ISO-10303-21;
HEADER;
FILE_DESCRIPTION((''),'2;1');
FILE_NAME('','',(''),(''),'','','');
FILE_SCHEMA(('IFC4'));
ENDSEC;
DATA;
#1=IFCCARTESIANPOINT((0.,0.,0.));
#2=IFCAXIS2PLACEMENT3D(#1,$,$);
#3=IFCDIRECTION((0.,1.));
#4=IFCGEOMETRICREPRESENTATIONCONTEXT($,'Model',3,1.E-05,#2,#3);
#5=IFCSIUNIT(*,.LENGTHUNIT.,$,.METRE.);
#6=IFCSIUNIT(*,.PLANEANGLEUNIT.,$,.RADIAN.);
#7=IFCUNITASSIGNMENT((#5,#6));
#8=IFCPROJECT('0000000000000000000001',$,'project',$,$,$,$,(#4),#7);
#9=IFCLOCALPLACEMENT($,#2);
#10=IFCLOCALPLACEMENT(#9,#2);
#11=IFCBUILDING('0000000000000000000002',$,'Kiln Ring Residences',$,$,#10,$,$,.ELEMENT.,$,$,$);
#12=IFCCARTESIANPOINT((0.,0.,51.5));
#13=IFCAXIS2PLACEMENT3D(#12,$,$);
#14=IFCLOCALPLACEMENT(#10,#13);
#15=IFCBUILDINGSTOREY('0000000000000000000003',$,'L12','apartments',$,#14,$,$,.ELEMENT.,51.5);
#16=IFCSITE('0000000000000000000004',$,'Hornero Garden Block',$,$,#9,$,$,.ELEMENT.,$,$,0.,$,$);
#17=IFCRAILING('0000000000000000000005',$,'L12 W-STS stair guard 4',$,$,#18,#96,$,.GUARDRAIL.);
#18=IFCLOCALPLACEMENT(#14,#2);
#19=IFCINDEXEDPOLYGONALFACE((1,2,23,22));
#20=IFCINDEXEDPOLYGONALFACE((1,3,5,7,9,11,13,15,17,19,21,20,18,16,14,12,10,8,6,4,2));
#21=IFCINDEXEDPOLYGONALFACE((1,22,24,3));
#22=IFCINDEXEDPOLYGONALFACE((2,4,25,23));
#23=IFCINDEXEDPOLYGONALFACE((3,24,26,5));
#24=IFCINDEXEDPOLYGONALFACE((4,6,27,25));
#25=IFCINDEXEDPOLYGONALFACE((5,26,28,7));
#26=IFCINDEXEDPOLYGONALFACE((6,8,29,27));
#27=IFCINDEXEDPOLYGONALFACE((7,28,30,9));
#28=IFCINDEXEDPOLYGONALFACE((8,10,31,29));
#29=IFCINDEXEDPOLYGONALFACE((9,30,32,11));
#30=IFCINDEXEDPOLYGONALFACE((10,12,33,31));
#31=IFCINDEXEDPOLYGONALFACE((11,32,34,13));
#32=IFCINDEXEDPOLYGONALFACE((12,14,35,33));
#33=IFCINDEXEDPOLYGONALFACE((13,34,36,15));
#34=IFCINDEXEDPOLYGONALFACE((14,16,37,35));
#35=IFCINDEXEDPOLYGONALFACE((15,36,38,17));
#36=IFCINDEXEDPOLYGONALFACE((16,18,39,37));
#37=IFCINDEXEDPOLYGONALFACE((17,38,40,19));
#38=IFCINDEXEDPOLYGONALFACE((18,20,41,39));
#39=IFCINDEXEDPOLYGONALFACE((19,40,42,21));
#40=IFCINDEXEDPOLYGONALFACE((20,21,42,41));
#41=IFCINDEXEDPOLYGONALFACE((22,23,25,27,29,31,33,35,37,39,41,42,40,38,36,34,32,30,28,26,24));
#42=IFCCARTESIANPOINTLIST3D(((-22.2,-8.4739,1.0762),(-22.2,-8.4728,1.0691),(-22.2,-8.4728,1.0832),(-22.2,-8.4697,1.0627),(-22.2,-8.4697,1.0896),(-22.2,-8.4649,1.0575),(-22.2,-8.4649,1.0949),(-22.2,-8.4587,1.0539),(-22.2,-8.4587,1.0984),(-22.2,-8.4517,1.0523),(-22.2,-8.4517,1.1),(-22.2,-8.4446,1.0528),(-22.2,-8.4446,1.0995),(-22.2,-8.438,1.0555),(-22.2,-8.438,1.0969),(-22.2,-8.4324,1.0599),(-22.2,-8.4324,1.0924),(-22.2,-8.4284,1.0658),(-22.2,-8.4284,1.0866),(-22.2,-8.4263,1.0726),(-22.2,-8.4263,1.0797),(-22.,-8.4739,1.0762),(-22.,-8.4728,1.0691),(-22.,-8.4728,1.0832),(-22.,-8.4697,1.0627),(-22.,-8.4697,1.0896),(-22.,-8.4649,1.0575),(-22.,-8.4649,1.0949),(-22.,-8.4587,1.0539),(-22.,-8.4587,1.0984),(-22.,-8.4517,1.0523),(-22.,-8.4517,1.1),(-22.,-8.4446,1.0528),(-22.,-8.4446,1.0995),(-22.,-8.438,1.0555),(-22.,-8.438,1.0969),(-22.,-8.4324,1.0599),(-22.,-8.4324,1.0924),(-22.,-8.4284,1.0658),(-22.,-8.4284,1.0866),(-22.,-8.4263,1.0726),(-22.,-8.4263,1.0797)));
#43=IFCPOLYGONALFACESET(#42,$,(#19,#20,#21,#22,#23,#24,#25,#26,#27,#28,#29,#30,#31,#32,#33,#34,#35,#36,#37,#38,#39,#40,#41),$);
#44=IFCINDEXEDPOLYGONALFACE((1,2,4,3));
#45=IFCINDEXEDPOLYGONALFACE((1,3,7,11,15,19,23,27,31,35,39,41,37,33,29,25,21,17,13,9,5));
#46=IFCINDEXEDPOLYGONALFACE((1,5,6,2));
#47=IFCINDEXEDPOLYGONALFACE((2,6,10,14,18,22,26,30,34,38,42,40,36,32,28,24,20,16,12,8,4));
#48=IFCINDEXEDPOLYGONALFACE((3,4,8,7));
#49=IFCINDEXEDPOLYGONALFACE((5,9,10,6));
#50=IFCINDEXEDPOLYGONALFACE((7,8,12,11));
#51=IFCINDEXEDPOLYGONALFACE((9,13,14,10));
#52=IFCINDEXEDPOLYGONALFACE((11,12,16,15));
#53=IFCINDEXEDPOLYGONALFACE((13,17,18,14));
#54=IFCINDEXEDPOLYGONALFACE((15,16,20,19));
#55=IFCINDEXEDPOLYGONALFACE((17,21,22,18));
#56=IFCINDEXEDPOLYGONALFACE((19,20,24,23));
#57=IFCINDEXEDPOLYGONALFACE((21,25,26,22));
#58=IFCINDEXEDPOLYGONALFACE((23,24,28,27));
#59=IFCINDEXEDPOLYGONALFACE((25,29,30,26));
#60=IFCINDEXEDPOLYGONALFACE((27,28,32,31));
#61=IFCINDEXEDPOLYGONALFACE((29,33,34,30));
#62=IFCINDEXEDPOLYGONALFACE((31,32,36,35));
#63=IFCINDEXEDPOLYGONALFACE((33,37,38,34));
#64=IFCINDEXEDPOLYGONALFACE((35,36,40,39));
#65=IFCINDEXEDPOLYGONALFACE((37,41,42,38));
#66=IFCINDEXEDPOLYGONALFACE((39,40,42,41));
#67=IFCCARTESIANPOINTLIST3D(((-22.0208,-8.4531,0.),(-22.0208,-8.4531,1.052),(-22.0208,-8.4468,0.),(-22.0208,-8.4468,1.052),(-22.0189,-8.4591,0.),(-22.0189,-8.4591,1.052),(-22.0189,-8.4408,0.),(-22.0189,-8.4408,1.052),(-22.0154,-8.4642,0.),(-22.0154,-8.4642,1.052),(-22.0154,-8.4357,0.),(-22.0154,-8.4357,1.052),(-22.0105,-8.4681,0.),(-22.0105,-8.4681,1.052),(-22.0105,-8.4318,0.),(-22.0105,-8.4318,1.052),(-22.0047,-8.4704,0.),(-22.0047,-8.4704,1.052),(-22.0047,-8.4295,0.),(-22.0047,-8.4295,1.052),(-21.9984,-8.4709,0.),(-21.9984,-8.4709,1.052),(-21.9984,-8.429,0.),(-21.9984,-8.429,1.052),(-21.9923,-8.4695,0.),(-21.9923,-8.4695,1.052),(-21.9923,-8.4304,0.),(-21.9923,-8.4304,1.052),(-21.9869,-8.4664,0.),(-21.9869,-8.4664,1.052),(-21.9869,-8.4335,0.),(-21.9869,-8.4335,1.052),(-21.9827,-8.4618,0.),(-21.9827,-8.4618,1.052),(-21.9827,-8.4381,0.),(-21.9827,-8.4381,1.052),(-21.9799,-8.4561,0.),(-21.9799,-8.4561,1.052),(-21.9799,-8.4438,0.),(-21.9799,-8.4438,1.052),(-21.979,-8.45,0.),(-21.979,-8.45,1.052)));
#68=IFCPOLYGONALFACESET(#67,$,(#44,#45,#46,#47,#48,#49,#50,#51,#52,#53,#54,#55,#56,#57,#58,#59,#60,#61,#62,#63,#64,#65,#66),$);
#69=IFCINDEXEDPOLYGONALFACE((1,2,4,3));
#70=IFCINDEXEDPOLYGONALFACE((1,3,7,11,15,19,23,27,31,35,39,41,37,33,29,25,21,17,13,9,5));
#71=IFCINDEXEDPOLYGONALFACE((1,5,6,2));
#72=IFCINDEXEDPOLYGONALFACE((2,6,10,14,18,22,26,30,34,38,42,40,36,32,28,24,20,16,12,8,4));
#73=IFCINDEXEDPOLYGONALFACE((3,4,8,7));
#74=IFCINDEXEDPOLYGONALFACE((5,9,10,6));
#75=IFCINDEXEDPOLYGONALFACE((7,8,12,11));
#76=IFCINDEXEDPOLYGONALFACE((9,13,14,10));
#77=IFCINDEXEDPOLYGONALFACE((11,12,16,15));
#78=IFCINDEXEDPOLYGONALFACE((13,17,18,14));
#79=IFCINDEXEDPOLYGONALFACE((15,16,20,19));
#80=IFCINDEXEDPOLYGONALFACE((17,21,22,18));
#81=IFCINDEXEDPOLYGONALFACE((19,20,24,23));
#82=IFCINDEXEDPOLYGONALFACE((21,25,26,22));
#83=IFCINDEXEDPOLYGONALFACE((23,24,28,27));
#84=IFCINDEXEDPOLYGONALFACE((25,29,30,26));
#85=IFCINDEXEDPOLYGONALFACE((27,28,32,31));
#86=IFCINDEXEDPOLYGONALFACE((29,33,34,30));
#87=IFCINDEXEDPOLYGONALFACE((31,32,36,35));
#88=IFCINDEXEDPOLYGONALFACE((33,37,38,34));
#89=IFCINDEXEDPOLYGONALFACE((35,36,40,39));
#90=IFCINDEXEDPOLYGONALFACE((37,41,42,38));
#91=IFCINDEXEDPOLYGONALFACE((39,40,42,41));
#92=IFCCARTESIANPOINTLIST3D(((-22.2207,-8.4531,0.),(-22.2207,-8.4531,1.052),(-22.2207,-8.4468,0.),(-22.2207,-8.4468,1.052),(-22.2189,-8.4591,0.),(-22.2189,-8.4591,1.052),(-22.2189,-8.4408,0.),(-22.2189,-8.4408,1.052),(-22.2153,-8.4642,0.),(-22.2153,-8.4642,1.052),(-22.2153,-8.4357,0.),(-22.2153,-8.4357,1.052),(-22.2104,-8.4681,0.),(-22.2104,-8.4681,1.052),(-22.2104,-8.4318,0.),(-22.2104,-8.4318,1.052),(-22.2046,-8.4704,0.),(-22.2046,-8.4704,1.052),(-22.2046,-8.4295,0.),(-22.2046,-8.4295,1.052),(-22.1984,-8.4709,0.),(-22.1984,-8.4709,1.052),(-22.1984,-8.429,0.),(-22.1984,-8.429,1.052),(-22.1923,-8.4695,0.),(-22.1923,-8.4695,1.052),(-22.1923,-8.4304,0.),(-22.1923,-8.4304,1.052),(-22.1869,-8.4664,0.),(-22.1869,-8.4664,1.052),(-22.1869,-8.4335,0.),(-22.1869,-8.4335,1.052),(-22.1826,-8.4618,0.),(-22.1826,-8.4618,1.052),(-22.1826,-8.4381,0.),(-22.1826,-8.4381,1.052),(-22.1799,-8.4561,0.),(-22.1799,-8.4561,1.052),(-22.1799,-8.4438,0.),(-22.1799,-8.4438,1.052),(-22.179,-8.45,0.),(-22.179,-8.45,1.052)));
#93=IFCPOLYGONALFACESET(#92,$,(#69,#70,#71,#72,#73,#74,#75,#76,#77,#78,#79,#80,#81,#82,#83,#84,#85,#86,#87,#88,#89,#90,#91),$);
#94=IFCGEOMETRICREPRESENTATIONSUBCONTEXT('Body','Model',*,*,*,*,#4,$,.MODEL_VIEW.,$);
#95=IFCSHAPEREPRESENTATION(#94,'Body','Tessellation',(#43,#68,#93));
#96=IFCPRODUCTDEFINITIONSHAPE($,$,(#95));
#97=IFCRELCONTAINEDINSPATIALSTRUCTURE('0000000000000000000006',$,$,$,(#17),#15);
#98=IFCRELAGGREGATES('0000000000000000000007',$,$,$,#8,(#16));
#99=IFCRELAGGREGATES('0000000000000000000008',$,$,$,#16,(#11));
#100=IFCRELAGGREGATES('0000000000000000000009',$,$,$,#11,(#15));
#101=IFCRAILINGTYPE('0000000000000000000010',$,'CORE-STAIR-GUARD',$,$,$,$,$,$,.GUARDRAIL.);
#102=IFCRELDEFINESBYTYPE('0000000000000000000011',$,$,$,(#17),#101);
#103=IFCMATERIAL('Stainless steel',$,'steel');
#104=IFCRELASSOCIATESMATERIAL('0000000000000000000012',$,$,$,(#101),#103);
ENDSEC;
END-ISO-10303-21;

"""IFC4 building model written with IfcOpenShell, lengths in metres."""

from ifc_helpers import new_model, si_unit, direction, frame, origin, origin_2d, place, context, subcontext, project, spatial, circle, extrude, material, type_object, element, save


model = new_model("IFC4")

# Units and contexts
model_context = context("Model", 3, precision=1e-05, world=origin(), true_north=direction((0.0, 1.0)))
body_context = subcontext(model_context, "Body", "Model", "MODEL_VIEW")
ifc_project = project(units=[si_unit("LENGTHUNIT", "METRE"), si_unit("PLANEANGLEUNIT", "RADIAN")], contexts=[model_context])

# Site, building, storey
site_placement = place(None, origin())
site = spatial("IfcSite", under=ifc_project, at=site_placement, Name="Hornero Garden Block", CompositionType="ELEMENT", RefElevation=0.0)
building_placement = place(site_placement, origin())
building = spatial("IfcBuilding", under=site, at=building_placement, Name="Kiln Ring Residences", CompositionType="ELEMENT")
storey_placement = place(building_placement, frame((0.0, 0.0, 51.5)))
storey = spatial("IfcBuildingStorey", under=building, at=storey_placement, Name="L12", Description="apartments", CompositionType="ELEMENT", Elevation=51.5)

# Railing
ifc_material_1 = material(Name="Stainless steel", Category="steel")
railing_type_1 = type_object("IfcRailingType", Name="CORE-STAIR-GUARD", PredefinedType="GUARDRAIL", material=ifc_material_1)
railing_1_placement = place(storey_placement, frame((-22.0, -8.45, 0.0)))
element("IfcRailing", 1, at=railing_1_placement, inside=storey, type_object=railing_type_1, Name="L12 W-STS stair guard 4", PredefinedType="GUARDRAIL", context=body_context, shape_type="SweptSolid", body=[
    extrude(circle(Radius=0.0239, at=origin_2d()), frame((0.0, 0.0, 1.0762), z_axis=(-1.0, 0.0, 0.0), x_axis=(0.0, -1.0, 0.0)), (0.0, 0.0, 1.0), 0.2),
    extrude(circle(Radius=0.021, at=origin_2d()), origin(), (0.0, 0.0, 1.0), 1.052),
    extrude(circle(Radius=0.021, at=origin_2d()), frame((-0.2, 0.0, 0.0)), (0.0, 0.0, 1.0), 1.052),
])

save(model, "model.ifc")
